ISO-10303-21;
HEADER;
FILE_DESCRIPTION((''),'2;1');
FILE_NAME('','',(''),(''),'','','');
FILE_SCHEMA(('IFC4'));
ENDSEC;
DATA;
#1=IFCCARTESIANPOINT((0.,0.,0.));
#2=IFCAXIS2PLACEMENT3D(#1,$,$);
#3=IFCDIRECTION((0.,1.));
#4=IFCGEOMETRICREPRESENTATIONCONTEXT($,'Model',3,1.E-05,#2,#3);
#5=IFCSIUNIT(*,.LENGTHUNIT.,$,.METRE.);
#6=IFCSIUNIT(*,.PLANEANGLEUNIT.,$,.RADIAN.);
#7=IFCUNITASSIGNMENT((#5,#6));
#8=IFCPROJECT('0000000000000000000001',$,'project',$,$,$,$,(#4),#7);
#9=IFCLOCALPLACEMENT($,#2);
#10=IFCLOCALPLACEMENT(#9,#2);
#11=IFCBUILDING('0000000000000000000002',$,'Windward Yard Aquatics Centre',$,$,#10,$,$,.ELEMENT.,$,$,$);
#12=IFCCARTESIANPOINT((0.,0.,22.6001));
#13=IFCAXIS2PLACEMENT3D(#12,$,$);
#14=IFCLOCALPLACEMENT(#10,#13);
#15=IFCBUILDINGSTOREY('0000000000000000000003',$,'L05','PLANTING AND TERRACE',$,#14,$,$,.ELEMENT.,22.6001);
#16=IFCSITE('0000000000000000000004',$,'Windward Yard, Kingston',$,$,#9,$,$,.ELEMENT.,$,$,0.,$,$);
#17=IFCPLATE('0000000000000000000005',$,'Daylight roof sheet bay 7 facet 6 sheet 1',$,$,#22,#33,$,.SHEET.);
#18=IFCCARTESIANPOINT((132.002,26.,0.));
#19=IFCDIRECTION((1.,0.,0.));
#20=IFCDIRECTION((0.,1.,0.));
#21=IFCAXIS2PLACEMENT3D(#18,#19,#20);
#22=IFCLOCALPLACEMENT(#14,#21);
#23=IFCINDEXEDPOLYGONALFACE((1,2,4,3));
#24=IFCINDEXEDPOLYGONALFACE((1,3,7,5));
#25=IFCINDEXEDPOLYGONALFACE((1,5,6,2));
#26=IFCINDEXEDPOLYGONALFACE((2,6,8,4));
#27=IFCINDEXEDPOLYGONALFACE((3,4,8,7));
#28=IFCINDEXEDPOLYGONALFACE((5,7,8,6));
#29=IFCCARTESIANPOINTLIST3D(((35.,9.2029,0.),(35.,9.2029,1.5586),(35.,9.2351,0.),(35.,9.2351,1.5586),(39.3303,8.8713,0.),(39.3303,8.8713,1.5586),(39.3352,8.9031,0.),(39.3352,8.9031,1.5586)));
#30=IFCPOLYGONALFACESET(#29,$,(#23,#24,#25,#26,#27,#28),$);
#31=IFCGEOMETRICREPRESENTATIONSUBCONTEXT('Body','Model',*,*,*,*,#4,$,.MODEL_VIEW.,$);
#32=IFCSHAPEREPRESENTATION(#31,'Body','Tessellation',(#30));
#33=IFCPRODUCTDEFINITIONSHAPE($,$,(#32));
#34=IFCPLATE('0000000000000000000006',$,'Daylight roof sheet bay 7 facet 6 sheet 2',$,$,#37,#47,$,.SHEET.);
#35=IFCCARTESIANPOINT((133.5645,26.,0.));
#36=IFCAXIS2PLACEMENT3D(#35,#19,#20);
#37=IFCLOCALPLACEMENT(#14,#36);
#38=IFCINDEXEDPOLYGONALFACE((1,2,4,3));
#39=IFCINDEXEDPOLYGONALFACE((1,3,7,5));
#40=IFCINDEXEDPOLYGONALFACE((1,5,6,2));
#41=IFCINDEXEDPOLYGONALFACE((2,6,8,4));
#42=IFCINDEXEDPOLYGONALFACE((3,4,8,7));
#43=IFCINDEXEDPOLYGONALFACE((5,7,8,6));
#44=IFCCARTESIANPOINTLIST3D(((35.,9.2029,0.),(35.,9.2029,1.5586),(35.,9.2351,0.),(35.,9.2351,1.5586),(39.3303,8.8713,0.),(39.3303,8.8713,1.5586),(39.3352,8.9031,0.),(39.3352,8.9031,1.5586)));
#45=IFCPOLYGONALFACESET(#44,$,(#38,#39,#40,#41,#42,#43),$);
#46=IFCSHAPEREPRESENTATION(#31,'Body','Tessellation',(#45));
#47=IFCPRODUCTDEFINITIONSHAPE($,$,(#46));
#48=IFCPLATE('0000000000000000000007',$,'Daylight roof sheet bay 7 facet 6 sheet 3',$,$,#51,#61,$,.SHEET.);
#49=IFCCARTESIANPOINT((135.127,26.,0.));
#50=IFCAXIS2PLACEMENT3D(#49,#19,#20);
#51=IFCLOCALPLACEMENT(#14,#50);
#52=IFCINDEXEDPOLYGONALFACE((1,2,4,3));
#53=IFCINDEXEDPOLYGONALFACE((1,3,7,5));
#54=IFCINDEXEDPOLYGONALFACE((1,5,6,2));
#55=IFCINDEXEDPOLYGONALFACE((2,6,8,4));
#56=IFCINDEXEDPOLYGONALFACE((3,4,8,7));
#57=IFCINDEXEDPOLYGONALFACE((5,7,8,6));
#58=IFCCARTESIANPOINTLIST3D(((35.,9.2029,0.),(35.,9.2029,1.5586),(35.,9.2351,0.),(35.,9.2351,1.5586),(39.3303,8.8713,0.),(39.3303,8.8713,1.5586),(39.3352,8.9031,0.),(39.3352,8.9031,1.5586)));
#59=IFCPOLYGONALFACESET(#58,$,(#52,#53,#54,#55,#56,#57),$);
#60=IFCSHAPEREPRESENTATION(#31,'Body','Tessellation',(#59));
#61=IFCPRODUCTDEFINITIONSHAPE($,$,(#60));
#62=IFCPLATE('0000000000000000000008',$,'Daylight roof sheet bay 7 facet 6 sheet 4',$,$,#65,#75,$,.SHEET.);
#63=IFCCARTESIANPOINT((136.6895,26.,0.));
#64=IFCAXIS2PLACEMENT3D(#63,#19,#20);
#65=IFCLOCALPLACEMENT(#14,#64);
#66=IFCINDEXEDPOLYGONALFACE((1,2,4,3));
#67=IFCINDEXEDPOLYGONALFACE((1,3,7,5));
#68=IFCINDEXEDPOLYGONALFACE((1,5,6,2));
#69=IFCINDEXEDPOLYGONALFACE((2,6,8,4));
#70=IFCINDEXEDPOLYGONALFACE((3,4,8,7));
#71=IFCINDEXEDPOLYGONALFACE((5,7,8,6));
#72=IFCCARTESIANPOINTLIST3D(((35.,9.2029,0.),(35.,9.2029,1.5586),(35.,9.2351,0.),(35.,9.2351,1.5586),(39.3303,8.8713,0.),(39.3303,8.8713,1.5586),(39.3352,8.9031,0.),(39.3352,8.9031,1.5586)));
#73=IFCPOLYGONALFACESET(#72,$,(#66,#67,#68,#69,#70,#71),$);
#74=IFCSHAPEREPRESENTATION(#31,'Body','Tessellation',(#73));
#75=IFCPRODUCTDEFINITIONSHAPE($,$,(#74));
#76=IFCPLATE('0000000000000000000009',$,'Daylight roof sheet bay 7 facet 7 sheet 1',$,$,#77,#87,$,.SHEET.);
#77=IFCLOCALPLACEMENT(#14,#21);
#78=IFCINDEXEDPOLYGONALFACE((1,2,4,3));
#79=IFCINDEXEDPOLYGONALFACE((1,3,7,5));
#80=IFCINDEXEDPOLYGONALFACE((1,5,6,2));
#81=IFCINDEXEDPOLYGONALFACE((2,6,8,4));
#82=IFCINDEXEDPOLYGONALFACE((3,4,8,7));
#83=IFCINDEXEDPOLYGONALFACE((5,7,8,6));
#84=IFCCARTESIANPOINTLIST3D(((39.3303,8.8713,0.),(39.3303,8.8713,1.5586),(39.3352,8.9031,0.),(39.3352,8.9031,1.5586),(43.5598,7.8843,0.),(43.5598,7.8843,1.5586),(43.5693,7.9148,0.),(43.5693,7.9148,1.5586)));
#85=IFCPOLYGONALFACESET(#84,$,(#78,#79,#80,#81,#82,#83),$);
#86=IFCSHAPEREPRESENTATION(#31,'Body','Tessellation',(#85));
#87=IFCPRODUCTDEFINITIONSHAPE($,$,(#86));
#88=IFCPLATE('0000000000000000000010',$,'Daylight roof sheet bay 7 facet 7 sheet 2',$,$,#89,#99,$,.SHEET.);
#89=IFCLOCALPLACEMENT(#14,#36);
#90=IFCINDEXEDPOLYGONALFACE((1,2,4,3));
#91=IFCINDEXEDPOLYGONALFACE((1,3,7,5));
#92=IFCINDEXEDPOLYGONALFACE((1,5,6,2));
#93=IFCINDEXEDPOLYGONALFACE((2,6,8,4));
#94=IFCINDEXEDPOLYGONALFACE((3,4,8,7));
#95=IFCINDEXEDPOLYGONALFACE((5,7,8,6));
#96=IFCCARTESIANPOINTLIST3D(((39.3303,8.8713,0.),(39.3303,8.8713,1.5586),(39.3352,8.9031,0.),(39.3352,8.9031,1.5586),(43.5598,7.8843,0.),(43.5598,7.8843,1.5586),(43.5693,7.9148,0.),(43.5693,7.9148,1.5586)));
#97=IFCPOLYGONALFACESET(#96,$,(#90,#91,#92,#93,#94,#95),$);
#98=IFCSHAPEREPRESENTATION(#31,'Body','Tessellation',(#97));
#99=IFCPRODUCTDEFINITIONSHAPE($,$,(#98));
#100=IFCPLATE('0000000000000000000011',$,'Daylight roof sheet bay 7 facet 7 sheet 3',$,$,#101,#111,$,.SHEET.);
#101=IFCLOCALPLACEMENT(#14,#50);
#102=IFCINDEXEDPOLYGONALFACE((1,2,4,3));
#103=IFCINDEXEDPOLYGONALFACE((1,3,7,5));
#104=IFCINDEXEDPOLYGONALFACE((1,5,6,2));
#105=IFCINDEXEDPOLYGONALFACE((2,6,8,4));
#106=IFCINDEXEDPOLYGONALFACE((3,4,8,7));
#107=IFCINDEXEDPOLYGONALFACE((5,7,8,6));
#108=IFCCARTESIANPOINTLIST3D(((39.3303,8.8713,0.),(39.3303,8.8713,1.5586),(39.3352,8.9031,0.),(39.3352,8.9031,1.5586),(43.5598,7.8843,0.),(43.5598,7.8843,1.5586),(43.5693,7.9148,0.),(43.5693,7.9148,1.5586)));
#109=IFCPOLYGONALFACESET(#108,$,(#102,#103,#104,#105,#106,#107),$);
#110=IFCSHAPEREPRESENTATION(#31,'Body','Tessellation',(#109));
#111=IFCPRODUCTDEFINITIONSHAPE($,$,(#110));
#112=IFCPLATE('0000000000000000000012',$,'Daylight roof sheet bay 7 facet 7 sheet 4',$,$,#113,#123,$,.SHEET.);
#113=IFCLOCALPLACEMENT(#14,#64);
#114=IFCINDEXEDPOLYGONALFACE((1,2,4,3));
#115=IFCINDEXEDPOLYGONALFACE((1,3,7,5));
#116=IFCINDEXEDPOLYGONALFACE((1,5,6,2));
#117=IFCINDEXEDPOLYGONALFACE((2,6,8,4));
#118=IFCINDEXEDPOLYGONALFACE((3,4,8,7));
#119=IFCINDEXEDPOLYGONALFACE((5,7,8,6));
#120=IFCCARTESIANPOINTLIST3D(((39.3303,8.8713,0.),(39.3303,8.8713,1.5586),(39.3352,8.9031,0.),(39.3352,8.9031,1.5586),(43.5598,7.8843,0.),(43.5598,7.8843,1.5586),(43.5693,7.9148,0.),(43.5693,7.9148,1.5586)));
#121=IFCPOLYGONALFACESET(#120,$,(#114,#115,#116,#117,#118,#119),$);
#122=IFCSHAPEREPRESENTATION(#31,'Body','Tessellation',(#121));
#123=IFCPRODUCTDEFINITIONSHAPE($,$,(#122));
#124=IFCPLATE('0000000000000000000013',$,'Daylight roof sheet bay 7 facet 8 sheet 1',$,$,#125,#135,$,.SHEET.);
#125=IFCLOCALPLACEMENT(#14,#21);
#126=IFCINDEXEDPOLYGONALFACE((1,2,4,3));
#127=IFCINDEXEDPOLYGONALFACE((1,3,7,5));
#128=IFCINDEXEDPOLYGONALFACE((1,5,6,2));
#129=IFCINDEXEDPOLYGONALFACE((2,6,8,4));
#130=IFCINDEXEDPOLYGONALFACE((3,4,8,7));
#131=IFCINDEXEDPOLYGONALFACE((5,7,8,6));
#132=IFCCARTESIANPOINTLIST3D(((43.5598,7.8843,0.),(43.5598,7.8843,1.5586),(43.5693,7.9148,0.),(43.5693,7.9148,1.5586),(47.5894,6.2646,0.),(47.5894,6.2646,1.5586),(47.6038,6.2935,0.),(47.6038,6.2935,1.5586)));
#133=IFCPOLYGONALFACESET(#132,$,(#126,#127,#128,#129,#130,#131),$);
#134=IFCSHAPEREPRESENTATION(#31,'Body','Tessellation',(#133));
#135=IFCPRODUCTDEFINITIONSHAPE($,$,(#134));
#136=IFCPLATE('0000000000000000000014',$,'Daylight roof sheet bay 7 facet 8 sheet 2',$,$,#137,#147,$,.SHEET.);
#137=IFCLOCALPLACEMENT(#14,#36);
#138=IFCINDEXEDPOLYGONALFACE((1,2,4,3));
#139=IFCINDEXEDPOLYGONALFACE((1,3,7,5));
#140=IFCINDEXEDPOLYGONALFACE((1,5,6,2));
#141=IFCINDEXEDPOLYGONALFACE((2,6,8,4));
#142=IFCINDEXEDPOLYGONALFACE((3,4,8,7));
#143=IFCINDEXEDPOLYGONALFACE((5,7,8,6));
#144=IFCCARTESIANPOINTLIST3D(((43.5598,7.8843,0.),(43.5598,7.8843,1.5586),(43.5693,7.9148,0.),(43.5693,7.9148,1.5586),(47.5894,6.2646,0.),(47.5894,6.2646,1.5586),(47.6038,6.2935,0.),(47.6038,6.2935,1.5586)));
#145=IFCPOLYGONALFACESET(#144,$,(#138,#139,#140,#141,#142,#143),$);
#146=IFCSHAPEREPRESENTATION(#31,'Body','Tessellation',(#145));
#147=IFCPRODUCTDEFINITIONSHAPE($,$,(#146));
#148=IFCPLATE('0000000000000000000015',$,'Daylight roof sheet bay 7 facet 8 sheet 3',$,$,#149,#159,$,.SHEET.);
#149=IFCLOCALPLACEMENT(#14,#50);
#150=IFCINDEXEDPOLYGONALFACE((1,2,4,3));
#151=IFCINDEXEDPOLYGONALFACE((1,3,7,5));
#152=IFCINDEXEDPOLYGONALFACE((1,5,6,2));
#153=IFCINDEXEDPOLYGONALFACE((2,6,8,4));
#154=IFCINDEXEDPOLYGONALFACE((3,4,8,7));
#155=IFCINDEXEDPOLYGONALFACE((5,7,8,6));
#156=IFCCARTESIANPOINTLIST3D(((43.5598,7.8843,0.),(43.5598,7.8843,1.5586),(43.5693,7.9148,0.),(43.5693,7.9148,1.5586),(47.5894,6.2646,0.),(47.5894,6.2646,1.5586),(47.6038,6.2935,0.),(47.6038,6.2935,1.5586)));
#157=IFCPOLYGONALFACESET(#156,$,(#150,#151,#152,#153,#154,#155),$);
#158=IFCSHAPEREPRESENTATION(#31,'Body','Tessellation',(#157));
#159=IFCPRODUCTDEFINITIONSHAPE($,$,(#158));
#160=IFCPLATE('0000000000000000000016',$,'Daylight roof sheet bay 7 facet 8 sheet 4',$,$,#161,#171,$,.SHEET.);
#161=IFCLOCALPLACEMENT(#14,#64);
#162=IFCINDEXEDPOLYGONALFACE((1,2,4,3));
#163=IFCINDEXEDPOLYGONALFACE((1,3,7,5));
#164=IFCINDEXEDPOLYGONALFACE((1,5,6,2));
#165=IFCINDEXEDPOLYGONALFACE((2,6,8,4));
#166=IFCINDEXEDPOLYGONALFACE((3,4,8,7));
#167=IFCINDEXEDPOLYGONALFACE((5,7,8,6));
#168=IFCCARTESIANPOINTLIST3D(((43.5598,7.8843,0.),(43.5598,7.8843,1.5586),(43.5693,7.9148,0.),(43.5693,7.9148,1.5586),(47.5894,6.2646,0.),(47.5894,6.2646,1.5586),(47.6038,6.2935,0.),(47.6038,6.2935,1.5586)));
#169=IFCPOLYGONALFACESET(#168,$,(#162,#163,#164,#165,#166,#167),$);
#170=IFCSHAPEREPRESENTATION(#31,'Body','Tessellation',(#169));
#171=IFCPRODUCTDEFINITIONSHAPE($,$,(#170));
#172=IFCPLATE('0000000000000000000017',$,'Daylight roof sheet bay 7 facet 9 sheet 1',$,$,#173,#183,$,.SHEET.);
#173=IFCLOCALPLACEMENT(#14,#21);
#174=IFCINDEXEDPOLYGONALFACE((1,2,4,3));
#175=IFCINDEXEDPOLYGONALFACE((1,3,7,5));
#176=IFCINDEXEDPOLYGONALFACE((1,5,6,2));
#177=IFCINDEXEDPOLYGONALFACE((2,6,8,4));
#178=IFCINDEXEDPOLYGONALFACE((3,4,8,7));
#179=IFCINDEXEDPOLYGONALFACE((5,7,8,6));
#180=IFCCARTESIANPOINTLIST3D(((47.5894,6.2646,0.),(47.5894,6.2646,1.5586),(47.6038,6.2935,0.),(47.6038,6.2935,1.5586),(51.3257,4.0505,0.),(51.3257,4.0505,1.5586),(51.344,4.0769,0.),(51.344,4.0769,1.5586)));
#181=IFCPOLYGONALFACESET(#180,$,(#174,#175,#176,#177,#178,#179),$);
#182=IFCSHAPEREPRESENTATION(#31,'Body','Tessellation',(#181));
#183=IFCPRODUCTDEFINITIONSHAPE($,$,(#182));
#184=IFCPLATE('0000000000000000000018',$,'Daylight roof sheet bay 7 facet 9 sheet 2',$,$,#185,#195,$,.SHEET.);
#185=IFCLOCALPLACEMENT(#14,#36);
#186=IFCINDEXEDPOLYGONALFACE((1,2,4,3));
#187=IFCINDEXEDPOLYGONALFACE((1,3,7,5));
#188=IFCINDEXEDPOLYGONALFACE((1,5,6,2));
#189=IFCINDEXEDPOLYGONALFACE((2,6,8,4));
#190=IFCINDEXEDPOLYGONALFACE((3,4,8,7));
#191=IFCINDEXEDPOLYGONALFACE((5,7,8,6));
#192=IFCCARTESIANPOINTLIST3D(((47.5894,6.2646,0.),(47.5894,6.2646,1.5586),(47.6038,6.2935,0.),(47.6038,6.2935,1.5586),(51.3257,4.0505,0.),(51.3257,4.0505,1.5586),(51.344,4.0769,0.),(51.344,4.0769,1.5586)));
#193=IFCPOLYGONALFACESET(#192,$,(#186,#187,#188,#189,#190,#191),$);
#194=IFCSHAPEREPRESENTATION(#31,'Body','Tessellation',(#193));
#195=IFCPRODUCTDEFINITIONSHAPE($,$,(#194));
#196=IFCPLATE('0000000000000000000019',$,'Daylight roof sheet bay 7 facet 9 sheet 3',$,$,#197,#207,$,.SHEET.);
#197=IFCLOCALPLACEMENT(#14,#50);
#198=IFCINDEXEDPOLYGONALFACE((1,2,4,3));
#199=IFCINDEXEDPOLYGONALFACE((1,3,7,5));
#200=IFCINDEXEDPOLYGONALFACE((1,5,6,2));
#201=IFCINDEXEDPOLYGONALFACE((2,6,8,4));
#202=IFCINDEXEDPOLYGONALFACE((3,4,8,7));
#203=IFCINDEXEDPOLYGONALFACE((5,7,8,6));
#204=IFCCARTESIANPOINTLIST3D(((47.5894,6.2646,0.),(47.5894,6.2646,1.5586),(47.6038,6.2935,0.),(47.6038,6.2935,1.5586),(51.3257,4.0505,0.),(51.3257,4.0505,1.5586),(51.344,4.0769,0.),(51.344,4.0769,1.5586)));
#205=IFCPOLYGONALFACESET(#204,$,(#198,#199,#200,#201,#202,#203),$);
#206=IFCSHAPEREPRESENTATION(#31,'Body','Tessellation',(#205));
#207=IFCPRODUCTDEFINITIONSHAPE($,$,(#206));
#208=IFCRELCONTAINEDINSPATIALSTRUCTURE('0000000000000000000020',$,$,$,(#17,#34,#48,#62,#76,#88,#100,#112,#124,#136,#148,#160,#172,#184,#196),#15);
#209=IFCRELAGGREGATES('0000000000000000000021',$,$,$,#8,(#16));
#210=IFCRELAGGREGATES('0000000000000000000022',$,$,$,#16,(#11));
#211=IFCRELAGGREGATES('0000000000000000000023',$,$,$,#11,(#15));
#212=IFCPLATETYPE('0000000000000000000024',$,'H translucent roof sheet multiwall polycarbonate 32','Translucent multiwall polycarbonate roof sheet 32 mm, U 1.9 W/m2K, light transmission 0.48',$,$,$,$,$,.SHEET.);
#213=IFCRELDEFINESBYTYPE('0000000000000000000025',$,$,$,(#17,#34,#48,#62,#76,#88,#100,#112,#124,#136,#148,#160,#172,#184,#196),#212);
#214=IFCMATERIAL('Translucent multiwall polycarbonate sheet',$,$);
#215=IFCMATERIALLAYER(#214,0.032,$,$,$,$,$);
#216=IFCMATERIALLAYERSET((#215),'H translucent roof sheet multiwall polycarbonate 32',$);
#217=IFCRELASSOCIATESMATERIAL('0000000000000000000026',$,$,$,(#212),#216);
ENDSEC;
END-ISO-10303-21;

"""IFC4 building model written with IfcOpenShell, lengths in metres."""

from ifc_helpers import new_model, si_unit, direction, frame, origin, place, context, subcontext, project, spatial, polyline, outline, extrude, material, layer, layer_set, type_object, element, save


model = new_model("IFC4")

# Units and contexts
model_context = context("Model", 3, precision=1e-05, world=origin(), true_north=direction((0.0, 1.0)))
body_context = subcontext(model_context, "Body", "Model", "MODEL_VIEW")
ifc_project = project(units=[si_unit("LENGTHUNIT", "METRE"), si_unit("PLANEANGLEUNIT", "RADIAN")], contexts=[model_context])

# Site, building, storey
site_placement = place(None, origin())
site = spatial("IfcSite", under=ifc_project, at=site_placement, Name="Windward Yard, Kingston", CompositionType="ELEMENT", RefElevation=0.0)
building_placement = place(site_placement, origin())
building = spatial("IfcBuilding", under=site, at=building_placement, Name="Windward Yard Aquatics Centre", CompositionType="ELEMENT")
storey_placement = place(building_placement, frame((0.0, 0.0, 22.6001)))
storey = spatial("IfcBuildingStorey", under=building, at=storey_placement, Name="L05", Description="PLANTING AND TERRACE", CompositionType="ELEMENT", Elevation=22.6001)

# Plates
ifc_material = material(Name="Translucent multiwall polycarbonate sheet")
ifc_layer = layer(ifc_material, 0.032)
ifc_layer_set = layer_set([ifc_layer], Name="H translucent roof sheet multiwall polycarbonate 32")
plate_type = type_object("IfcPlateType", Name="H translucent roof sheet multiwall polycarbonate 32", Description="Translucent multiwall polycarbonate roof sheet 32 mm, U 1.9 W/m2K, light transmission 0.48", PredefinedType="SHEET", material=ifc_layer_set)
for number, where, z_axis, x_axis, name in (
    (1, (132.002, 26.0, 0.0), (1.0, 0.0, 0.0), (0.0, 1.0, 0.0), "Daylight roof sheet bay 7 facet 6 sheet 1"),
    (2, (133.5645, 26.0, 0.0), (1.0, 0.0, 0.0), (0.0, 1.0, 0.0), "Daylight roof sheet bay 7 facet 6 sheet 2"),
    (3, (135.127, 26.0, 0.0), (1.0, 0.0, 0.0), (0.0, 1.0, 0.0), "Daylight roof sheet bay 7 facet 6 sheet 3"),
    (4, (136.6895, 26.0, 0.0), (1.0, 0.0, 0.0), (0.0, 1.0, 0.0), "Daylight roof sheet bay 7 facet 6 sheet 4"),
):
    element("IfcPlate", number, at=place(storey_placement, frame(where, z_axis=z_axis, x_axis=x_axis)), inside=storey, type_object=plate_type, Name=name, PredefinedType="SHEET", context=body_context, shape_type="SweptSolid", body=[
        extrude(outline(polyline([(35.0, 9.2029), (39.3303, 8.8713), (39.3352, 8.9031), (35.0, 9.2351), (35.0, 9.2029)])), origin(), (0.0, 0.0, 1.0), 1.5586),
    ])
for number, where, z_axis, x_axis, name in (
    (5, (132.002, 26.0, 0.0), (1.0, 0.0, 0.0), (0.0, 1.0, 0.0), "Daylight roof sheet bay 7 facet 7 sheet 1"),
    (6, (133.5645, 26.0, 0.0), (1.0, 0.0, 0.0), (0.0, 1.0, 0.0), "Daylight roof sheet bay 7 facet 7 sheet 2"),
    (7, (135.127, 26.0, 0.0), (1.0, 0.0, 0.0), (0.0, 1.0, 0.0), "Daylight roof sheet bay 7 facet 7 sheet 3"),
    (8, (136.6895, 26.0, 0.0), (1.0, 0.0, 0.0), (0.0, 1.0, 0.0), "Daylight roof sheet bay 7 facet 7 sheet 4"),
):
    element("IfcPlate", number, at=place(storey_placement, frame(where, z_axis=z_axis, x_axis=x_axis)), inside=storey, type_object=plate_type, Name=name, PredefinedType="SHEET", context=body_context, shape_type="SweptSolid", body=[
        extrude(outline(polyline([(39.3303, 8.8713), (43.5598, 7.8843), (43.5693, 7.9148), (39.3352, 8.9031), (39.3303, 8.8713)])), origin(), (0.0, 0.0, 1.0), 1.5586),
    ])
for number, where, z_axis, x_axis, name in (
    (9, (132.002, 26.0, 0.0), (1.0, 0.0, 0.0), (0.0, 1.0, 0.0), "Daylight roof sheet bay 7 facet 8 sheet 1"),
    (10, (133.5645, 26.0, 0.0), (1.0, 0.0, 0.0), (0.0, 1.0, 0.0), "Daylight roof sheet bay 7 facet 8 sheet 2"),
    (11, (135.127, 26.0, 0.0), (1.0, 0.0, 0.0), (0.0, 1.0, 0.0), "Daylight roof sheet bay 7 facet 8 sheet 3"),
    (12, (136.6895, 26.0, 0.0), (1.0, 0.0, 0.0), (0.0, 1.0, 0.0), "Daylight roof sheet bay 7 facet 8 sheet 4"),
):
    element("IfcPlate", number, at=place(storey_placement, frame(where, z_axis=z_axis, x_axis=x_axis)), inside=storey, type_object=plate_type, Name=name, PredefinedType="SHEET", context=body_context, shape_type="SweptSolid", body=[
        extrude(outline(polyline([(43.5598, 7.8843), (47.5894, 6.2646), (47.6038, 6.2935), (43.5693, 7.9148), (43.5598, 7.8843)])), origin(), (0.0, 0.0, 1.0), 1.5586),
    ])
for number, where, z_axis, x_axis, name in (
    (13, (132.002, 26.0, 0.0), (1.0, 0.0, 0.0), (0.0, 1.0, 0.0), "Daylight roof sheet bay 7 facet 9 sheet 1"),
    (14, (133.5645, 26.0, 0.0), (1.0, 0.0, 0.0), (0.0, 1.0, 0.0), "Daylight roof sheet bay 7 facet 9 sheet 2"),
    (15, (135.127, 26.0, 0.0), (1.0, 0.0, 0.0), (0.0, 1.0, 0.0), "Daylight roof sheet bay 7 facet 9 sheet 3"),
):
    element("IfcPlate", number, at=place(storey_placement, frame(where, z_axis=z_axis, x_axis=x_axis)), inside=storey, type_object=plate_type, Name=name, PredefinedType="SHEET", context=body_context, shape_type="SweptSolid", body=[
        extrude(outline(polyline([(47.5894, 6.2646), (51.3257, 4.0505), (51.344, 4.0769), (47.6038, 6.2935), (47.5894, 6.2646)])), origin(), (0.0, 0.0, 1.0), 1.5586),
    ])

save(model, "model.ifc")
